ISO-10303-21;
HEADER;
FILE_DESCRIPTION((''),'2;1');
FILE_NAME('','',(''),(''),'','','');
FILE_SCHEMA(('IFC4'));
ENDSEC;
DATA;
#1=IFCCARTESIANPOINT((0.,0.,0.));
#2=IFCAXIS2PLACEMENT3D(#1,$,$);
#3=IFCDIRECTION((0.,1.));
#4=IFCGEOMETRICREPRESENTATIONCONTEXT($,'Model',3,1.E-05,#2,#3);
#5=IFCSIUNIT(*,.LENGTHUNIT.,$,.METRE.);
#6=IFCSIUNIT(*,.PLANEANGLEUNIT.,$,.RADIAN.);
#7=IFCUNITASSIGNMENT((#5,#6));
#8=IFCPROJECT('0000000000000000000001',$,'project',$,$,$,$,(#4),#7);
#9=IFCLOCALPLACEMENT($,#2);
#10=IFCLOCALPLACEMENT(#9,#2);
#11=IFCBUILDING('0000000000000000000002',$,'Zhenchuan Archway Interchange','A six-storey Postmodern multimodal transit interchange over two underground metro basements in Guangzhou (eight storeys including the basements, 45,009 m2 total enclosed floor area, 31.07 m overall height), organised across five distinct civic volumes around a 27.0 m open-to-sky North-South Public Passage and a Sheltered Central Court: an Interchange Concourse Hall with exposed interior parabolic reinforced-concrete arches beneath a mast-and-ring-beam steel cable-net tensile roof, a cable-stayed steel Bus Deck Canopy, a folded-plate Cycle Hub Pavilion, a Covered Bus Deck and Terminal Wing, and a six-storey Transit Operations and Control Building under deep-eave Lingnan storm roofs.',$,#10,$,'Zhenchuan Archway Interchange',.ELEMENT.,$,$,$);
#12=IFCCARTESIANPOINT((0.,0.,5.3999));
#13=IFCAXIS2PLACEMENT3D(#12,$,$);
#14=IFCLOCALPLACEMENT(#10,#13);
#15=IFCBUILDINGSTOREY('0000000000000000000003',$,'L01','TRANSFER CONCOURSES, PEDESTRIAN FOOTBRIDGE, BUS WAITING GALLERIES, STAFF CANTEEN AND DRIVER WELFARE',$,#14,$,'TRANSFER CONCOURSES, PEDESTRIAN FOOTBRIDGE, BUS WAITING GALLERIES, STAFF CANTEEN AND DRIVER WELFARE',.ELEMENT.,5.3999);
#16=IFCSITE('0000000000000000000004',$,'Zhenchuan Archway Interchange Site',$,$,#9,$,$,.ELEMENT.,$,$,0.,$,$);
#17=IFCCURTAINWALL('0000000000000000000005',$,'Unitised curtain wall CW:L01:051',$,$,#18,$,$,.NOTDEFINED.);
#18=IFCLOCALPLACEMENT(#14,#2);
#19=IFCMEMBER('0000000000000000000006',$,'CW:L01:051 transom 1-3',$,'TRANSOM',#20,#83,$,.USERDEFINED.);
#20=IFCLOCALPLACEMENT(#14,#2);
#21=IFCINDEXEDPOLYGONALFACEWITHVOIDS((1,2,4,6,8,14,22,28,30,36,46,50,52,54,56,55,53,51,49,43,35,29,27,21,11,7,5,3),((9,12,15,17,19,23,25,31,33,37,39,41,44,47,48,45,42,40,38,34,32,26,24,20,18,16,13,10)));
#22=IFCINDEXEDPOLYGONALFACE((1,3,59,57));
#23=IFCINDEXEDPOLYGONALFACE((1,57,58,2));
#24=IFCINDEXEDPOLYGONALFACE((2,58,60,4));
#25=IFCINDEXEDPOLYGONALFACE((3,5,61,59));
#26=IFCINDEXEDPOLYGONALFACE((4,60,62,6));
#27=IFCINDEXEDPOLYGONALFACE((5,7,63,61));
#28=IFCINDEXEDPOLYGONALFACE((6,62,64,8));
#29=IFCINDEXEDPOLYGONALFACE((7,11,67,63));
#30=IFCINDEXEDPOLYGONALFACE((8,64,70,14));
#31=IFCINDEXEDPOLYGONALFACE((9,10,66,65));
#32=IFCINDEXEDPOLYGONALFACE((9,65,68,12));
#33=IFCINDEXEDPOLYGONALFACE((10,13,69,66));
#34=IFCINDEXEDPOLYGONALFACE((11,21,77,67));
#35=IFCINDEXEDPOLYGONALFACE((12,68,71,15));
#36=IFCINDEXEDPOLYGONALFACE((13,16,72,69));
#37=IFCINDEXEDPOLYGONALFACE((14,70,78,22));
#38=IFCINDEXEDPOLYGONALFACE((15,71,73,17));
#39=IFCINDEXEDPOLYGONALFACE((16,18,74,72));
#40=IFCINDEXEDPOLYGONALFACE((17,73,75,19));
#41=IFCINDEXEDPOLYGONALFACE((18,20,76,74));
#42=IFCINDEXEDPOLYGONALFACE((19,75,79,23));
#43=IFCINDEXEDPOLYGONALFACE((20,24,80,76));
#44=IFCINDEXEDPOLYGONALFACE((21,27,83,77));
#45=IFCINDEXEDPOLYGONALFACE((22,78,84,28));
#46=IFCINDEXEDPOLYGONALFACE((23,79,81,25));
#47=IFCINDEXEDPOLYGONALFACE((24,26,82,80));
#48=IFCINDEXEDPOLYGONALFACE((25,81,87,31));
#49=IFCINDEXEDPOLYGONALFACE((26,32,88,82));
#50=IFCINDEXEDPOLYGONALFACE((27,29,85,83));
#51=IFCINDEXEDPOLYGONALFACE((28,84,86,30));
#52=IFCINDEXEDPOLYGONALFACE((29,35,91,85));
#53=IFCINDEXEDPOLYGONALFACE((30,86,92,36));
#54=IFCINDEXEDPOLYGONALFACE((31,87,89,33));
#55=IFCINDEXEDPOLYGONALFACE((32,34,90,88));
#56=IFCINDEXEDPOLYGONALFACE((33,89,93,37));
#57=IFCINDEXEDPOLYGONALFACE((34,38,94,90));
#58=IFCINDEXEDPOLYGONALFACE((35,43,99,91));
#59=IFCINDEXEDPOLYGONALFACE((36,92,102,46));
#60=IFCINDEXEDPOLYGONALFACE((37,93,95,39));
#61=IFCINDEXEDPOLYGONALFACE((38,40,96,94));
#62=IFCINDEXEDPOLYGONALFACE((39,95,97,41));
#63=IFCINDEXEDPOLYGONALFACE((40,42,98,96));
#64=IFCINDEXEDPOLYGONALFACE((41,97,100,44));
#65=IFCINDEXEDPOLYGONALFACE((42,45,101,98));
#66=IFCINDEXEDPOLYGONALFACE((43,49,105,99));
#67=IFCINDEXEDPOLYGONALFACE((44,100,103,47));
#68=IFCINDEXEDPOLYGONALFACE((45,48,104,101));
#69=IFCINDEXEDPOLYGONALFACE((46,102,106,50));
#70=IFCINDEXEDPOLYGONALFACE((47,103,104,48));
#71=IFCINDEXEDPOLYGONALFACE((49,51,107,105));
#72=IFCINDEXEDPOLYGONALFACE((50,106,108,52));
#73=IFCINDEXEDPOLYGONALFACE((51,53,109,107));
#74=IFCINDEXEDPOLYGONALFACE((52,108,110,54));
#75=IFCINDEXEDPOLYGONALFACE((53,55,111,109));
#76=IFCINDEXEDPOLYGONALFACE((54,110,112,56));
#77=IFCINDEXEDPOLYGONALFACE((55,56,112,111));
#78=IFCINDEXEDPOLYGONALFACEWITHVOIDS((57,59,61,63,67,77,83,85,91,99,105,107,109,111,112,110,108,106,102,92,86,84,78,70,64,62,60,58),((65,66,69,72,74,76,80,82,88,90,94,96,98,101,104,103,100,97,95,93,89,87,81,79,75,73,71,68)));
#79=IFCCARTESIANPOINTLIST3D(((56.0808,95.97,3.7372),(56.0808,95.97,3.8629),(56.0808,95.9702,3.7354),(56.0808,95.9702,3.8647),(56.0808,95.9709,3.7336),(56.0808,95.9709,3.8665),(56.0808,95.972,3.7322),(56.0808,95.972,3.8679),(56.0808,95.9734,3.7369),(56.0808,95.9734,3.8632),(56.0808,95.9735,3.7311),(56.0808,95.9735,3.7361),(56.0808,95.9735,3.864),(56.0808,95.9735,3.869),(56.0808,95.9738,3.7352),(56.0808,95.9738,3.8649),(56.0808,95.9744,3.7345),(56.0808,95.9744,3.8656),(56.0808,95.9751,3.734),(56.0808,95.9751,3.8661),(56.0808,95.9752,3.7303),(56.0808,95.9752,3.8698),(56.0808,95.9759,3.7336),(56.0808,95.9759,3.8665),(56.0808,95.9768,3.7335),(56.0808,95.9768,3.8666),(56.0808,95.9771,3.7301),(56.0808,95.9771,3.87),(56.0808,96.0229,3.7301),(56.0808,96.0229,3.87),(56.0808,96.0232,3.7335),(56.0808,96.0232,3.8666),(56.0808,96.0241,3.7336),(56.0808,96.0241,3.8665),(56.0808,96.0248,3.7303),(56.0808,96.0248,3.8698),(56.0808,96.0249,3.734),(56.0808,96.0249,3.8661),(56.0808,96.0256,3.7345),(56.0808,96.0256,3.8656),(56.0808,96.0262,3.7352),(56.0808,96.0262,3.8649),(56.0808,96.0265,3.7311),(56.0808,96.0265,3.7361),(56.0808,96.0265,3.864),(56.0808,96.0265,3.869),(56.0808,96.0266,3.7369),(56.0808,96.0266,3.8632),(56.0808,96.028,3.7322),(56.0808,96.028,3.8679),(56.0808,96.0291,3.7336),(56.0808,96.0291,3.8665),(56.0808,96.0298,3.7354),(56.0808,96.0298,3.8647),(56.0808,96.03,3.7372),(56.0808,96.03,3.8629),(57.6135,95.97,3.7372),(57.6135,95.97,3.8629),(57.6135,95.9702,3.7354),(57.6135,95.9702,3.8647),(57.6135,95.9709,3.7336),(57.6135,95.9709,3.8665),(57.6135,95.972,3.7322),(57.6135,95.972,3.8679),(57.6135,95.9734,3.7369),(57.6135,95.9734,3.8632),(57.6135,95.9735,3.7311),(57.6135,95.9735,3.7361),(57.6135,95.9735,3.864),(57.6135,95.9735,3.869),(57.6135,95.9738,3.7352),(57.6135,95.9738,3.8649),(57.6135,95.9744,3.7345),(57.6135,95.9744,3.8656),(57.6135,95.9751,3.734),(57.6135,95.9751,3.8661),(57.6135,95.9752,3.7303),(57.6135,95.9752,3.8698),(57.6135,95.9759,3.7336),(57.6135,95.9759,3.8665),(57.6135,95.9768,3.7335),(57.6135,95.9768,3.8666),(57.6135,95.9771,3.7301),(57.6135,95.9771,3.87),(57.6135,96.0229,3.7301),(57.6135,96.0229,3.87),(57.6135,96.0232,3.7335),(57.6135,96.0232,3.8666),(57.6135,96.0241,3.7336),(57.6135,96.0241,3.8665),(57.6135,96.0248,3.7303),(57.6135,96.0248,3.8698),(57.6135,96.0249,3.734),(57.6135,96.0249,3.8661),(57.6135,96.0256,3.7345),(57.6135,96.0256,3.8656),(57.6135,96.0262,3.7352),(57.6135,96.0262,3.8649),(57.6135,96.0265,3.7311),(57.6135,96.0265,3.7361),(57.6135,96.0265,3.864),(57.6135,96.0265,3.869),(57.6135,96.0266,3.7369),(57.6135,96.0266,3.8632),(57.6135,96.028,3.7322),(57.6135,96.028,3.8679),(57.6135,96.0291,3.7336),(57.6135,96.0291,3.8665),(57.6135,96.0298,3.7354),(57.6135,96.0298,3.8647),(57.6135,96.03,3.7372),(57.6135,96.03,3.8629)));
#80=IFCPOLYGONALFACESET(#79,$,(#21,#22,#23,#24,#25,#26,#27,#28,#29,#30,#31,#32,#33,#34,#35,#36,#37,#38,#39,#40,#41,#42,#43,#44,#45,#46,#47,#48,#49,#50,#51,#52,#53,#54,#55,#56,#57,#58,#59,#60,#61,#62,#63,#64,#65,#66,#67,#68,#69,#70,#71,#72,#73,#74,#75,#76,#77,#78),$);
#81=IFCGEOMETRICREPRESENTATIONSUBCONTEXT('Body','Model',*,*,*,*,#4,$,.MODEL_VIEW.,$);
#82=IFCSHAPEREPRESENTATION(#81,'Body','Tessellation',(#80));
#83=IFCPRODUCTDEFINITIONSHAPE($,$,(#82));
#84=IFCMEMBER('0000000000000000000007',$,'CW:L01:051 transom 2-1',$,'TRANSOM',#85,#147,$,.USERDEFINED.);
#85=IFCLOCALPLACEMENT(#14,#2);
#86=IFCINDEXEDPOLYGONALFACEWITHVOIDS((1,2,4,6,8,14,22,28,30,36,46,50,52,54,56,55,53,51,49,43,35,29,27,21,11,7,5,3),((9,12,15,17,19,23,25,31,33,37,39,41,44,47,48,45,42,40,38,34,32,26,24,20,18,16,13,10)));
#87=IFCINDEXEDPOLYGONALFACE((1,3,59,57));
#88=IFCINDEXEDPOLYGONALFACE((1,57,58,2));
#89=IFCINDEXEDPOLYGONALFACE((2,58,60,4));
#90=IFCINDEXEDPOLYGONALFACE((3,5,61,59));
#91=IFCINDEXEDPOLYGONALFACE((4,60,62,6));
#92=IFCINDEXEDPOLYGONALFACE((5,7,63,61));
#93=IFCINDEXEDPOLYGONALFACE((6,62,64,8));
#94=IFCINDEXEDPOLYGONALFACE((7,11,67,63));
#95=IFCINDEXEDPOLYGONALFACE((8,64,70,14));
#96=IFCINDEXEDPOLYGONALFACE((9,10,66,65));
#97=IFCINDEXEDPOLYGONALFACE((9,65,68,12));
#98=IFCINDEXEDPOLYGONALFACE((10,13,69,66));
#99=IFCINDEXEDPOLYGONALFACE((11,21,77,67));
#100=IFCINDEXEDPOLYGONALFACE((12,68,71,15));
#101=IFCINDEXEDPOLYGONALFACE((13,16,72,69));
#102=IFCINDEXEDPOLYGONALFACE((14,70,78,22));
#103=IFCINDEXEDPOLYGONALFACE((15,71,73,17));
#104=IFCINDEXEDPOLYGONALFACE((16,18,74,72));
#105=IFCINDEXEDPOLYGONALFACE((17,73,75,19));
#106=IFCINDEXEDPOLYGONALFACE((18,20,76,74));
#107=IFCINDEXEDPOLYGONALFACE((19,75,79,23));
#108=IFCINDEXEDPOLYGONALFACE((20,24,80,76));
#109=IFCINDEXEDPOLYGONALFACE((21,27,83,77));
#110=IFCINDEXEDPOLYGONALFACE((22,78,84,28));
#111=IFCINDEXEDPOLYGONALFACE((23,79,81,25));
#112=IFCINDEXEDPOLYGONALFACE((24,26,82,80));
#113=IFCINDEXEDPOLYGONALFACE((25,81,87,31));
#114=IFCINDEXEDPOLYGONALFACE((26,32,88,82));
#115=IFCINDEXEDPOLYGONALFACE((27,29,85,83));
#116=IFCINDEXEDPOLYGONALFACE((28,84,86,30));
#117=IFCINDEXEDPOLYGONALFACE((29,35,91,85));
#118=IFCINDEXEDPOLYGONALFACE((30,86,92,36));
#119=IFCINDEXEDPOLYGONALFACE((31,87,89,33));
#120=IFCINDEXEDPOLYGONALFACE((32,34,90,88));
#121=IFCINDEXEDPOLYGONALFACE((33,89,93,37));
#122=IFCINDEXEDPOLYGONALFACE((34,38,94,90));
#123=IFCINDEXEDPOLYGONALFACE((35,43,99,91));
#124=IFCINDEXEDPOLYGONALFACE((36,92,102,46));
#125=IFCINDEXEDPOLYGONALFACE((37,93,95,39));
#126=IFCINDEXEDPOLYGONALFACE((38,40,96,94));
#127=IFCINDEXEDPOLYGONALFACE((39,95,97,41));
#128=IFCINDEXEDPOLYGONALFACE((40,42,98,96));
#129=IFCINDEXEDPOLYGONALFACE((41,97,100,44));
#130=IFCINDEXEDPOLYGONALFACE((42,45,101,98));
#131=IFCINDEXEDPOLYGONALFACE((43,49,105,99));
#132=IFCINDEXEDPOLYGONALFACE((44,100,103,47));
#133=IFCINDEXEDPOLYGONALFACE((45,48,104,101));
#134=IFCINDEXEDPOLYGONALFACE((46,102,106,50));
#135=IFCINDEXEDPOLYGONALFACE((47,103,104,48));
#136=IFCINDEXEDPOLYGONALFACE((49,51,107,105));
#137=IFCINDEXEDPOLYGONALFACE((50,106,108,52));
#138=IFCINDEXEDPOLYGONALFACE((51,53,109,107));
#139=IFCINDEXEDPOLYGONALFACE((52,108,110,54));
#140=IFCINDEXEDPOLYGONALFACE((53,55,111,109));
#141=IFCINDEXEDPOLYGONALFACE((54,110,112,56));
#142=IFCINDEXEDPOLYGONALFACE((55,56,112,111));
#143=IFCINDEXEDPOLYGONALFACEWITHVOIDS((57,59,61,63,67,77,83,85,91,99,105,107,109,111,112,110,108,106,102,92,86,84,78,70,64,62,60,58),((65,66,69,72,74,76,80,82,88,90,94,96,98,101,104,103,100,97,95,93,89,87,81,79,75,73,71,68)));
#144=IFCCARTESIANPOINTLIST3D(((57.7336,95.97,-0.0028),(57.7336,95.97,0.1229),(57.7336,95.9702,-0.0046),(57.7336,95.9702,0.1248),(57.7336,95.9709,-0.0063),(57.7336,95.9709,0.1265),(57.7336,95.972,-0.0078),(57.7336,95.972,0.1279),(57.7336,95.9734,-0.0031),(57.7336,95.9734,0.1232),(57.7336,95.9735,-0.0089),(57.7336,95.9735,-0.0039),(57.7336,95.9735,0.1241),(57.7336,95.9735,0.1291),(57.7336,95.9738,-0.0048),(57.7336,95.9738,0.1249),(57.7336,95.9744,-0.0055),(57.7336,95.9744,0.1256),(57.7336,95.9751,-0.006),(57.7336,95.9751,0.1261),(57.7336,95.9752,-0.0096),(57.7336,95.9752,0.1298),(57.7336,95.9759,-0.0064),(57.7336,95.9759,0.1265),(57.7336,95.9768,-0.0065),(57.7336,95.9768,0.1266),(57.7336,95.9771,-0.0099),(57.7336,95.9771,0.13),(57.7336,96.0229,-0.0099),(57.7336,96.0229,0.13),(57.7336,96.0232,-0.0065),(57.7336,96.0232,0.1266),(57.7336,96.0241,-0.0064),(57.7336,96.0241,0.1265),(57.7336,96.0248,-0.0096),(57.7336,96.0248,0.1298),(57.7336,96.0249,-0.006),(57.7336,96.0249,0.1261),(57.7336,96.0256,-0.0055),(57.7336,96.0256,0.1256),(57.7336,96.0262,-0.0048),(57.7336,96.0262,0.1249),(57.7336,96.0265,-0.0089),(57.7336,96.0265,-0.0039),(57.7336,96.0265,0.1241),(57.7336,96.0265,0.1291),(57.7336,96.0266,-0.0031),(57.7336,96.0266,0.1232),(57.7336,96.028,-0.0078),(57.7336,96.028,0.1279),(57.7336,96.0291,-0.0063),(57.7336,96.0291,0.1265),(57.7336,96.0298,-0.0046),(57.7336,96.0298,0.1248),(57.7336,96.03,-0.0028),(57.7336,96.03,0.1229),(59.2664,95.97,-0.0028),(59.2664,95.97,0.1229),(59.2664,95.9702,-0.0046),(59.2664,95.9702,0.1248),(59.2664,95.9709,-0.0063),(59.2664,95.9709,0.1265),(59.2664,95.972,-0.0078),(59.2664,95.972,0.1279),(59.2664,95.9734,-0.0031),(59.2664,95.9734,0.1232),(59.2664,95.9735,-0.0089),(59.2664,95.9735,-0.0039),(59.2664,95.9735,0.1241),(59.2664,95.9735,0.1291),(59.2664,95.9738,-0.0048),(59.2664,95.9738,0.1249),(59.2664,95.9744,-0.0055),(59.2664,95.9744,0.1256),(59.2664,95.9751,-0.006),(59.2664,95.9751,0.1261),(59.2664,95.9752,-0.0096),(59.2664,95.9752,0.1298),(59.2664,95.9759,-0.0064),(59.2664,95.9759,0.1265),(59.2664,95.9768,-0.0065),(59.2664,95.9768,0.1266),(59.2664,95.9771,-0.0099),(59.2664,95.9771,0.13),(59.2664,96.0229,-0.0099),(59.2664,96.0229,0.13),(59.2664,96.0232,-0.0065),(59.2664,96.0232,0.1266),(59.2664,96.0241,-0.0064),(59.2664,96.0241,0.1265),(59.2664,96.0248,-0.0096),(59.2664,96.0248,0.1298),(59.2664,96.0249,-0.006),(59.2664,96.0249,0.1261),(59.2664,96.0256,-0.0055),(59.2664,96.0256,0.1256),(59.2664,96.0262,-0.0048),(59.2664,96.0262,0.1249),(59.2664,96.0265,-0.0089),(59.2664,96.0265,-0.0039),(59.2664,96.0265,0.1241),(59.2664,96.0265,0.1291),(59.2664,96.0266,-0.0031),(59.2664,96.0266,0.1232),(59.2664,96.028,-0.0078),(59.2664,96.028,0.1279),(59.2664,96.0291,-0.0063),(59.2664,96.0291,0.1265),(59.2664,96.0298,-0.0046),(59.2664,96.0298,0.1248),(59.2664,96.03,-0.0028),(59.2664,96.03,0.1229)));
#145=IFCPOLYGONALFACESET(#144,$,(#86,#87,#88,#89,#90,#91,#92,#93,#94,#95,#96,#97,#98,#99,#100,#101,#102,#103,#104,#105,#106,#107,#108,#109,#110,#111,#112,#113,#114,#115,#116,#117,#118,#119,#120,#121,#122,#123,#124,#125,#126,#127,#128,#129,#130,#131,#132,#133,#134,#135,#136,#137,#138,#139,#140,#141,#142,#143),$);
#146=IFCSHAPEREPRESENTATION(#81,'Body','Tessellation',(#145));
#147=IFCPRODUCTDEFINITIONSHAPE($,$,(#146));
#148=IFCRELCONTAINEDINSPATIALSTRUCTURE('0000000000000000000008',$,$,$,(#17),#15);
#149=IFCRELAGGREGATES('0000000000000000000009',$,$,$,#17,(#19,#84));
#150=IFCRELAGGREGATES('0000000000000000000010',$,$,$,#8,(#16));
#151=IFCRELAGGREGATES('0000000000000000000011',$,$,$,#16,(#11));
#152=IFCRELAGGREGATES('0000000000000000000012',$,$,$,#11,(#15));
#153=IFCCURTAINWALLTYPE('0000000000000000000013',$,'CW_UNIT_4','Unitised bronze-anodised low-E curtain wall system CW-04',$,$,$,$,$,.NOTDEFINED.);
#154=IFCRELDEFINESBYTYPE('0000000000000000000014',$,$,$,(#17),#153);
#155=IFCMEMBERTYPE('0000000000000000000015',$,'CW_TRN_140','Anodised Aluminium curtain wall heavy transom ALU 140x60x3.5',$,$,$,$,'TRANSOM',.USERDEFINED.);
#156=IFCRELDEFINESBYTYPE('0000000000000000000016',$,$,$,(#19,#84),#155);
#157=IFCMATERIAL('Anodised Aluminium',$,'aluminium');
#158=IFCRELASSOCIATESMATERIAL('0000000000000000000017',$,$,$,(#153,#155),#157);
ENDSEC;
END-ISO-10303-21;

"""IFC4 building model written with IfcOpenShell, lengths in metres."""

from ifc_helpers import new_model, si_unit, direction, frame, origin, origin_2d, place, context, subcontext, project, spatial, hollow_rectangle, extrude, material, material_profile, profile_set, type_object, element, aggregate, save


model = new_model("IFC4")

# Units and contexts
model_context = context("Model", 3, precision=1e-05, world=origin(), true_north=direction((0.0, 1.0)))
body_context = subcontext(model_context, "Body", "Model", "MODEL_VIEW")
ifc_project = project(units=[si_unit("LENGTHUNIT", "METRE"), si_unit("PLANEANGLEUNIT", "RADIAN")], contexts=[model_context])

# Site, building, storey
site_placement = place(None, origin())
site = spatial("IfcSite", under=ifc_project, at=site_placement, Name="Zhenchuan Archway Interchange Site", CompositionType="ELEMENT", RefElevation=0.0)
building_placement = place(site_placement, origin())
building = spatial("IfcBuilding", under=site, at=building_placement, Name="Zhenchuan Archway Interchange", Description="A six-storey Postmodern multimodal transit interchange over two underground metro basements in Guangzhou (eight storeys including the basements, 45,009 m2 total enclosed floor area, 31.07 m overall height), organised across five distinct civic volumes around a 27.0 m open-to-sky North-South Public Passage and a Sheltered Central Court: an Interchange Concourse Hall with exposed interior parabolic reinforced-concrete arches beneath a mast-and-ring-beam steel cable-net tensile roof, a cable-stayed steel Bus Deck Canopy, a folded-plate Cycle Hub Pavilion, a Covered Bus Deck and Terminal Wing, and a six-storey Transit Operations and Control Building under deep-eave Lingnan storm roofs.", LongName="Zhenchuan Archway Interchange", CompositionType="ELEMENT")
storey_placement = place(building_placement, frame((0.0, 0.0, 5.3999)))
storey = spatial("IfcBuildingStorey", under=building, at=storey_placement, Name="L01", Description="TRANSFER CONCOURSES, PEDESTRIAN FOOTBRIDGE, BUS WAITING GALLERIES, STAFF CANTEEN AND DRIVER WELFARE", LongName="TRANSFER CONCOURSES, PEDESTRIAN FOOTBRIDGE, BUS WAITING GALLERIES, STAFF CANTEEN AND DRIVER WELFARE", CompositionType="ELEMENT", Elevation=5.3999)

# Curtain wall, members
ifc_material_1 = material(Name="Anodised Aluminium", Category="aluminium")
curtain_wall_type = type_object("IfcCurtainWallType", Name="CW_UNIT_4", Description="Unitised bronze-anodised low-E curtain wall system CW-04", PredefinedType="NOTDEFINED", material=ifc_material_1)
curtain_wall_placement = place(storey_placement, origin())
curtain_wall = element("IfcCurtainWall", 1, at=curtain_wall_placement, inside=storey, type_object=curtain_wall_type, Name="Unitised curtain wall CW:L01:051", PredefinedType="NOTDEFINED")
ifc_material_profile_1 = material_profile(ifc_material_1, hollow_rectangle(XDim=0.0601, YDim=0.1399, WallThickness=0.0034, InnerFilletRadius=0.0034, OuterFilletRadius=0.0071, at=origin_2d()), Name="ALU 140x60x3.5")
ifc_profile_set_1 = profile_set([ifc_material_profile_1], Name="Anodised Aluminium")
member_type_1 = type_object("IfcMemberType", Name="CW_TRN_140", Description="Anodised Aluminium curtain wall heavy transom ALU 140x60x3.5", ElementType="TRANSOM", PredefinedType="USERDEFINED", material=ifc_profile_set_1)
member_1_placement = place(storey_placement, frame((56.0808, 96.0, 3.8), z_axis=(1.0, 0.0, 0.0), x_axis=(0.0, 1.0, 0.0)))
member_1 = element("IfcMember", 2, at=member_1_placement, type_object=member_type_1, Name="CW:L01:051 transom 1-3", ObjectType="TRANSOM", PredefinedType="USERDEFINED", context=body_context, shape_type="SweptSolid", body=[
    extrude(hollow_rectangle(XDim=0.0601, YDim=0.1399, WallThickness=0.0034, InnerFilletRadius=0.0034, OuterFilletRadius=0.0071, at=origin_2d()), origin(), (0.0, 0.0, 1.0), 1.5327),
])
member_2_placement = place(storey_placement, frame((57.7336, 96.0, 0.0601), z_axis=(1.0, 0.0, 0.0), x_axis=(0.0, 1.0, 0.0)))
member_2 = element("IfcMember", 3, at=member_2_placement, type_object=member_type_1, Name="CW:L01:051 transom 2-1", ObjectType="TRANSOM", PredefinedType="USERDEFINED", context=body_context, shape_type="SweptSolid", body=[
    extrude(hollow_rectangle(XDim=0.0601, YDim=0.1399, WallThickness=0.0034, InnerFilletRadius=0.0034, OuterFilletRadius=0.0071, at=origin_2d()), origin(), (0.0, 0.0, 1.0), 1.5327),
])

aggregate(curtain_wall, [member_1, member_2])

save(model, "model.ifc")
